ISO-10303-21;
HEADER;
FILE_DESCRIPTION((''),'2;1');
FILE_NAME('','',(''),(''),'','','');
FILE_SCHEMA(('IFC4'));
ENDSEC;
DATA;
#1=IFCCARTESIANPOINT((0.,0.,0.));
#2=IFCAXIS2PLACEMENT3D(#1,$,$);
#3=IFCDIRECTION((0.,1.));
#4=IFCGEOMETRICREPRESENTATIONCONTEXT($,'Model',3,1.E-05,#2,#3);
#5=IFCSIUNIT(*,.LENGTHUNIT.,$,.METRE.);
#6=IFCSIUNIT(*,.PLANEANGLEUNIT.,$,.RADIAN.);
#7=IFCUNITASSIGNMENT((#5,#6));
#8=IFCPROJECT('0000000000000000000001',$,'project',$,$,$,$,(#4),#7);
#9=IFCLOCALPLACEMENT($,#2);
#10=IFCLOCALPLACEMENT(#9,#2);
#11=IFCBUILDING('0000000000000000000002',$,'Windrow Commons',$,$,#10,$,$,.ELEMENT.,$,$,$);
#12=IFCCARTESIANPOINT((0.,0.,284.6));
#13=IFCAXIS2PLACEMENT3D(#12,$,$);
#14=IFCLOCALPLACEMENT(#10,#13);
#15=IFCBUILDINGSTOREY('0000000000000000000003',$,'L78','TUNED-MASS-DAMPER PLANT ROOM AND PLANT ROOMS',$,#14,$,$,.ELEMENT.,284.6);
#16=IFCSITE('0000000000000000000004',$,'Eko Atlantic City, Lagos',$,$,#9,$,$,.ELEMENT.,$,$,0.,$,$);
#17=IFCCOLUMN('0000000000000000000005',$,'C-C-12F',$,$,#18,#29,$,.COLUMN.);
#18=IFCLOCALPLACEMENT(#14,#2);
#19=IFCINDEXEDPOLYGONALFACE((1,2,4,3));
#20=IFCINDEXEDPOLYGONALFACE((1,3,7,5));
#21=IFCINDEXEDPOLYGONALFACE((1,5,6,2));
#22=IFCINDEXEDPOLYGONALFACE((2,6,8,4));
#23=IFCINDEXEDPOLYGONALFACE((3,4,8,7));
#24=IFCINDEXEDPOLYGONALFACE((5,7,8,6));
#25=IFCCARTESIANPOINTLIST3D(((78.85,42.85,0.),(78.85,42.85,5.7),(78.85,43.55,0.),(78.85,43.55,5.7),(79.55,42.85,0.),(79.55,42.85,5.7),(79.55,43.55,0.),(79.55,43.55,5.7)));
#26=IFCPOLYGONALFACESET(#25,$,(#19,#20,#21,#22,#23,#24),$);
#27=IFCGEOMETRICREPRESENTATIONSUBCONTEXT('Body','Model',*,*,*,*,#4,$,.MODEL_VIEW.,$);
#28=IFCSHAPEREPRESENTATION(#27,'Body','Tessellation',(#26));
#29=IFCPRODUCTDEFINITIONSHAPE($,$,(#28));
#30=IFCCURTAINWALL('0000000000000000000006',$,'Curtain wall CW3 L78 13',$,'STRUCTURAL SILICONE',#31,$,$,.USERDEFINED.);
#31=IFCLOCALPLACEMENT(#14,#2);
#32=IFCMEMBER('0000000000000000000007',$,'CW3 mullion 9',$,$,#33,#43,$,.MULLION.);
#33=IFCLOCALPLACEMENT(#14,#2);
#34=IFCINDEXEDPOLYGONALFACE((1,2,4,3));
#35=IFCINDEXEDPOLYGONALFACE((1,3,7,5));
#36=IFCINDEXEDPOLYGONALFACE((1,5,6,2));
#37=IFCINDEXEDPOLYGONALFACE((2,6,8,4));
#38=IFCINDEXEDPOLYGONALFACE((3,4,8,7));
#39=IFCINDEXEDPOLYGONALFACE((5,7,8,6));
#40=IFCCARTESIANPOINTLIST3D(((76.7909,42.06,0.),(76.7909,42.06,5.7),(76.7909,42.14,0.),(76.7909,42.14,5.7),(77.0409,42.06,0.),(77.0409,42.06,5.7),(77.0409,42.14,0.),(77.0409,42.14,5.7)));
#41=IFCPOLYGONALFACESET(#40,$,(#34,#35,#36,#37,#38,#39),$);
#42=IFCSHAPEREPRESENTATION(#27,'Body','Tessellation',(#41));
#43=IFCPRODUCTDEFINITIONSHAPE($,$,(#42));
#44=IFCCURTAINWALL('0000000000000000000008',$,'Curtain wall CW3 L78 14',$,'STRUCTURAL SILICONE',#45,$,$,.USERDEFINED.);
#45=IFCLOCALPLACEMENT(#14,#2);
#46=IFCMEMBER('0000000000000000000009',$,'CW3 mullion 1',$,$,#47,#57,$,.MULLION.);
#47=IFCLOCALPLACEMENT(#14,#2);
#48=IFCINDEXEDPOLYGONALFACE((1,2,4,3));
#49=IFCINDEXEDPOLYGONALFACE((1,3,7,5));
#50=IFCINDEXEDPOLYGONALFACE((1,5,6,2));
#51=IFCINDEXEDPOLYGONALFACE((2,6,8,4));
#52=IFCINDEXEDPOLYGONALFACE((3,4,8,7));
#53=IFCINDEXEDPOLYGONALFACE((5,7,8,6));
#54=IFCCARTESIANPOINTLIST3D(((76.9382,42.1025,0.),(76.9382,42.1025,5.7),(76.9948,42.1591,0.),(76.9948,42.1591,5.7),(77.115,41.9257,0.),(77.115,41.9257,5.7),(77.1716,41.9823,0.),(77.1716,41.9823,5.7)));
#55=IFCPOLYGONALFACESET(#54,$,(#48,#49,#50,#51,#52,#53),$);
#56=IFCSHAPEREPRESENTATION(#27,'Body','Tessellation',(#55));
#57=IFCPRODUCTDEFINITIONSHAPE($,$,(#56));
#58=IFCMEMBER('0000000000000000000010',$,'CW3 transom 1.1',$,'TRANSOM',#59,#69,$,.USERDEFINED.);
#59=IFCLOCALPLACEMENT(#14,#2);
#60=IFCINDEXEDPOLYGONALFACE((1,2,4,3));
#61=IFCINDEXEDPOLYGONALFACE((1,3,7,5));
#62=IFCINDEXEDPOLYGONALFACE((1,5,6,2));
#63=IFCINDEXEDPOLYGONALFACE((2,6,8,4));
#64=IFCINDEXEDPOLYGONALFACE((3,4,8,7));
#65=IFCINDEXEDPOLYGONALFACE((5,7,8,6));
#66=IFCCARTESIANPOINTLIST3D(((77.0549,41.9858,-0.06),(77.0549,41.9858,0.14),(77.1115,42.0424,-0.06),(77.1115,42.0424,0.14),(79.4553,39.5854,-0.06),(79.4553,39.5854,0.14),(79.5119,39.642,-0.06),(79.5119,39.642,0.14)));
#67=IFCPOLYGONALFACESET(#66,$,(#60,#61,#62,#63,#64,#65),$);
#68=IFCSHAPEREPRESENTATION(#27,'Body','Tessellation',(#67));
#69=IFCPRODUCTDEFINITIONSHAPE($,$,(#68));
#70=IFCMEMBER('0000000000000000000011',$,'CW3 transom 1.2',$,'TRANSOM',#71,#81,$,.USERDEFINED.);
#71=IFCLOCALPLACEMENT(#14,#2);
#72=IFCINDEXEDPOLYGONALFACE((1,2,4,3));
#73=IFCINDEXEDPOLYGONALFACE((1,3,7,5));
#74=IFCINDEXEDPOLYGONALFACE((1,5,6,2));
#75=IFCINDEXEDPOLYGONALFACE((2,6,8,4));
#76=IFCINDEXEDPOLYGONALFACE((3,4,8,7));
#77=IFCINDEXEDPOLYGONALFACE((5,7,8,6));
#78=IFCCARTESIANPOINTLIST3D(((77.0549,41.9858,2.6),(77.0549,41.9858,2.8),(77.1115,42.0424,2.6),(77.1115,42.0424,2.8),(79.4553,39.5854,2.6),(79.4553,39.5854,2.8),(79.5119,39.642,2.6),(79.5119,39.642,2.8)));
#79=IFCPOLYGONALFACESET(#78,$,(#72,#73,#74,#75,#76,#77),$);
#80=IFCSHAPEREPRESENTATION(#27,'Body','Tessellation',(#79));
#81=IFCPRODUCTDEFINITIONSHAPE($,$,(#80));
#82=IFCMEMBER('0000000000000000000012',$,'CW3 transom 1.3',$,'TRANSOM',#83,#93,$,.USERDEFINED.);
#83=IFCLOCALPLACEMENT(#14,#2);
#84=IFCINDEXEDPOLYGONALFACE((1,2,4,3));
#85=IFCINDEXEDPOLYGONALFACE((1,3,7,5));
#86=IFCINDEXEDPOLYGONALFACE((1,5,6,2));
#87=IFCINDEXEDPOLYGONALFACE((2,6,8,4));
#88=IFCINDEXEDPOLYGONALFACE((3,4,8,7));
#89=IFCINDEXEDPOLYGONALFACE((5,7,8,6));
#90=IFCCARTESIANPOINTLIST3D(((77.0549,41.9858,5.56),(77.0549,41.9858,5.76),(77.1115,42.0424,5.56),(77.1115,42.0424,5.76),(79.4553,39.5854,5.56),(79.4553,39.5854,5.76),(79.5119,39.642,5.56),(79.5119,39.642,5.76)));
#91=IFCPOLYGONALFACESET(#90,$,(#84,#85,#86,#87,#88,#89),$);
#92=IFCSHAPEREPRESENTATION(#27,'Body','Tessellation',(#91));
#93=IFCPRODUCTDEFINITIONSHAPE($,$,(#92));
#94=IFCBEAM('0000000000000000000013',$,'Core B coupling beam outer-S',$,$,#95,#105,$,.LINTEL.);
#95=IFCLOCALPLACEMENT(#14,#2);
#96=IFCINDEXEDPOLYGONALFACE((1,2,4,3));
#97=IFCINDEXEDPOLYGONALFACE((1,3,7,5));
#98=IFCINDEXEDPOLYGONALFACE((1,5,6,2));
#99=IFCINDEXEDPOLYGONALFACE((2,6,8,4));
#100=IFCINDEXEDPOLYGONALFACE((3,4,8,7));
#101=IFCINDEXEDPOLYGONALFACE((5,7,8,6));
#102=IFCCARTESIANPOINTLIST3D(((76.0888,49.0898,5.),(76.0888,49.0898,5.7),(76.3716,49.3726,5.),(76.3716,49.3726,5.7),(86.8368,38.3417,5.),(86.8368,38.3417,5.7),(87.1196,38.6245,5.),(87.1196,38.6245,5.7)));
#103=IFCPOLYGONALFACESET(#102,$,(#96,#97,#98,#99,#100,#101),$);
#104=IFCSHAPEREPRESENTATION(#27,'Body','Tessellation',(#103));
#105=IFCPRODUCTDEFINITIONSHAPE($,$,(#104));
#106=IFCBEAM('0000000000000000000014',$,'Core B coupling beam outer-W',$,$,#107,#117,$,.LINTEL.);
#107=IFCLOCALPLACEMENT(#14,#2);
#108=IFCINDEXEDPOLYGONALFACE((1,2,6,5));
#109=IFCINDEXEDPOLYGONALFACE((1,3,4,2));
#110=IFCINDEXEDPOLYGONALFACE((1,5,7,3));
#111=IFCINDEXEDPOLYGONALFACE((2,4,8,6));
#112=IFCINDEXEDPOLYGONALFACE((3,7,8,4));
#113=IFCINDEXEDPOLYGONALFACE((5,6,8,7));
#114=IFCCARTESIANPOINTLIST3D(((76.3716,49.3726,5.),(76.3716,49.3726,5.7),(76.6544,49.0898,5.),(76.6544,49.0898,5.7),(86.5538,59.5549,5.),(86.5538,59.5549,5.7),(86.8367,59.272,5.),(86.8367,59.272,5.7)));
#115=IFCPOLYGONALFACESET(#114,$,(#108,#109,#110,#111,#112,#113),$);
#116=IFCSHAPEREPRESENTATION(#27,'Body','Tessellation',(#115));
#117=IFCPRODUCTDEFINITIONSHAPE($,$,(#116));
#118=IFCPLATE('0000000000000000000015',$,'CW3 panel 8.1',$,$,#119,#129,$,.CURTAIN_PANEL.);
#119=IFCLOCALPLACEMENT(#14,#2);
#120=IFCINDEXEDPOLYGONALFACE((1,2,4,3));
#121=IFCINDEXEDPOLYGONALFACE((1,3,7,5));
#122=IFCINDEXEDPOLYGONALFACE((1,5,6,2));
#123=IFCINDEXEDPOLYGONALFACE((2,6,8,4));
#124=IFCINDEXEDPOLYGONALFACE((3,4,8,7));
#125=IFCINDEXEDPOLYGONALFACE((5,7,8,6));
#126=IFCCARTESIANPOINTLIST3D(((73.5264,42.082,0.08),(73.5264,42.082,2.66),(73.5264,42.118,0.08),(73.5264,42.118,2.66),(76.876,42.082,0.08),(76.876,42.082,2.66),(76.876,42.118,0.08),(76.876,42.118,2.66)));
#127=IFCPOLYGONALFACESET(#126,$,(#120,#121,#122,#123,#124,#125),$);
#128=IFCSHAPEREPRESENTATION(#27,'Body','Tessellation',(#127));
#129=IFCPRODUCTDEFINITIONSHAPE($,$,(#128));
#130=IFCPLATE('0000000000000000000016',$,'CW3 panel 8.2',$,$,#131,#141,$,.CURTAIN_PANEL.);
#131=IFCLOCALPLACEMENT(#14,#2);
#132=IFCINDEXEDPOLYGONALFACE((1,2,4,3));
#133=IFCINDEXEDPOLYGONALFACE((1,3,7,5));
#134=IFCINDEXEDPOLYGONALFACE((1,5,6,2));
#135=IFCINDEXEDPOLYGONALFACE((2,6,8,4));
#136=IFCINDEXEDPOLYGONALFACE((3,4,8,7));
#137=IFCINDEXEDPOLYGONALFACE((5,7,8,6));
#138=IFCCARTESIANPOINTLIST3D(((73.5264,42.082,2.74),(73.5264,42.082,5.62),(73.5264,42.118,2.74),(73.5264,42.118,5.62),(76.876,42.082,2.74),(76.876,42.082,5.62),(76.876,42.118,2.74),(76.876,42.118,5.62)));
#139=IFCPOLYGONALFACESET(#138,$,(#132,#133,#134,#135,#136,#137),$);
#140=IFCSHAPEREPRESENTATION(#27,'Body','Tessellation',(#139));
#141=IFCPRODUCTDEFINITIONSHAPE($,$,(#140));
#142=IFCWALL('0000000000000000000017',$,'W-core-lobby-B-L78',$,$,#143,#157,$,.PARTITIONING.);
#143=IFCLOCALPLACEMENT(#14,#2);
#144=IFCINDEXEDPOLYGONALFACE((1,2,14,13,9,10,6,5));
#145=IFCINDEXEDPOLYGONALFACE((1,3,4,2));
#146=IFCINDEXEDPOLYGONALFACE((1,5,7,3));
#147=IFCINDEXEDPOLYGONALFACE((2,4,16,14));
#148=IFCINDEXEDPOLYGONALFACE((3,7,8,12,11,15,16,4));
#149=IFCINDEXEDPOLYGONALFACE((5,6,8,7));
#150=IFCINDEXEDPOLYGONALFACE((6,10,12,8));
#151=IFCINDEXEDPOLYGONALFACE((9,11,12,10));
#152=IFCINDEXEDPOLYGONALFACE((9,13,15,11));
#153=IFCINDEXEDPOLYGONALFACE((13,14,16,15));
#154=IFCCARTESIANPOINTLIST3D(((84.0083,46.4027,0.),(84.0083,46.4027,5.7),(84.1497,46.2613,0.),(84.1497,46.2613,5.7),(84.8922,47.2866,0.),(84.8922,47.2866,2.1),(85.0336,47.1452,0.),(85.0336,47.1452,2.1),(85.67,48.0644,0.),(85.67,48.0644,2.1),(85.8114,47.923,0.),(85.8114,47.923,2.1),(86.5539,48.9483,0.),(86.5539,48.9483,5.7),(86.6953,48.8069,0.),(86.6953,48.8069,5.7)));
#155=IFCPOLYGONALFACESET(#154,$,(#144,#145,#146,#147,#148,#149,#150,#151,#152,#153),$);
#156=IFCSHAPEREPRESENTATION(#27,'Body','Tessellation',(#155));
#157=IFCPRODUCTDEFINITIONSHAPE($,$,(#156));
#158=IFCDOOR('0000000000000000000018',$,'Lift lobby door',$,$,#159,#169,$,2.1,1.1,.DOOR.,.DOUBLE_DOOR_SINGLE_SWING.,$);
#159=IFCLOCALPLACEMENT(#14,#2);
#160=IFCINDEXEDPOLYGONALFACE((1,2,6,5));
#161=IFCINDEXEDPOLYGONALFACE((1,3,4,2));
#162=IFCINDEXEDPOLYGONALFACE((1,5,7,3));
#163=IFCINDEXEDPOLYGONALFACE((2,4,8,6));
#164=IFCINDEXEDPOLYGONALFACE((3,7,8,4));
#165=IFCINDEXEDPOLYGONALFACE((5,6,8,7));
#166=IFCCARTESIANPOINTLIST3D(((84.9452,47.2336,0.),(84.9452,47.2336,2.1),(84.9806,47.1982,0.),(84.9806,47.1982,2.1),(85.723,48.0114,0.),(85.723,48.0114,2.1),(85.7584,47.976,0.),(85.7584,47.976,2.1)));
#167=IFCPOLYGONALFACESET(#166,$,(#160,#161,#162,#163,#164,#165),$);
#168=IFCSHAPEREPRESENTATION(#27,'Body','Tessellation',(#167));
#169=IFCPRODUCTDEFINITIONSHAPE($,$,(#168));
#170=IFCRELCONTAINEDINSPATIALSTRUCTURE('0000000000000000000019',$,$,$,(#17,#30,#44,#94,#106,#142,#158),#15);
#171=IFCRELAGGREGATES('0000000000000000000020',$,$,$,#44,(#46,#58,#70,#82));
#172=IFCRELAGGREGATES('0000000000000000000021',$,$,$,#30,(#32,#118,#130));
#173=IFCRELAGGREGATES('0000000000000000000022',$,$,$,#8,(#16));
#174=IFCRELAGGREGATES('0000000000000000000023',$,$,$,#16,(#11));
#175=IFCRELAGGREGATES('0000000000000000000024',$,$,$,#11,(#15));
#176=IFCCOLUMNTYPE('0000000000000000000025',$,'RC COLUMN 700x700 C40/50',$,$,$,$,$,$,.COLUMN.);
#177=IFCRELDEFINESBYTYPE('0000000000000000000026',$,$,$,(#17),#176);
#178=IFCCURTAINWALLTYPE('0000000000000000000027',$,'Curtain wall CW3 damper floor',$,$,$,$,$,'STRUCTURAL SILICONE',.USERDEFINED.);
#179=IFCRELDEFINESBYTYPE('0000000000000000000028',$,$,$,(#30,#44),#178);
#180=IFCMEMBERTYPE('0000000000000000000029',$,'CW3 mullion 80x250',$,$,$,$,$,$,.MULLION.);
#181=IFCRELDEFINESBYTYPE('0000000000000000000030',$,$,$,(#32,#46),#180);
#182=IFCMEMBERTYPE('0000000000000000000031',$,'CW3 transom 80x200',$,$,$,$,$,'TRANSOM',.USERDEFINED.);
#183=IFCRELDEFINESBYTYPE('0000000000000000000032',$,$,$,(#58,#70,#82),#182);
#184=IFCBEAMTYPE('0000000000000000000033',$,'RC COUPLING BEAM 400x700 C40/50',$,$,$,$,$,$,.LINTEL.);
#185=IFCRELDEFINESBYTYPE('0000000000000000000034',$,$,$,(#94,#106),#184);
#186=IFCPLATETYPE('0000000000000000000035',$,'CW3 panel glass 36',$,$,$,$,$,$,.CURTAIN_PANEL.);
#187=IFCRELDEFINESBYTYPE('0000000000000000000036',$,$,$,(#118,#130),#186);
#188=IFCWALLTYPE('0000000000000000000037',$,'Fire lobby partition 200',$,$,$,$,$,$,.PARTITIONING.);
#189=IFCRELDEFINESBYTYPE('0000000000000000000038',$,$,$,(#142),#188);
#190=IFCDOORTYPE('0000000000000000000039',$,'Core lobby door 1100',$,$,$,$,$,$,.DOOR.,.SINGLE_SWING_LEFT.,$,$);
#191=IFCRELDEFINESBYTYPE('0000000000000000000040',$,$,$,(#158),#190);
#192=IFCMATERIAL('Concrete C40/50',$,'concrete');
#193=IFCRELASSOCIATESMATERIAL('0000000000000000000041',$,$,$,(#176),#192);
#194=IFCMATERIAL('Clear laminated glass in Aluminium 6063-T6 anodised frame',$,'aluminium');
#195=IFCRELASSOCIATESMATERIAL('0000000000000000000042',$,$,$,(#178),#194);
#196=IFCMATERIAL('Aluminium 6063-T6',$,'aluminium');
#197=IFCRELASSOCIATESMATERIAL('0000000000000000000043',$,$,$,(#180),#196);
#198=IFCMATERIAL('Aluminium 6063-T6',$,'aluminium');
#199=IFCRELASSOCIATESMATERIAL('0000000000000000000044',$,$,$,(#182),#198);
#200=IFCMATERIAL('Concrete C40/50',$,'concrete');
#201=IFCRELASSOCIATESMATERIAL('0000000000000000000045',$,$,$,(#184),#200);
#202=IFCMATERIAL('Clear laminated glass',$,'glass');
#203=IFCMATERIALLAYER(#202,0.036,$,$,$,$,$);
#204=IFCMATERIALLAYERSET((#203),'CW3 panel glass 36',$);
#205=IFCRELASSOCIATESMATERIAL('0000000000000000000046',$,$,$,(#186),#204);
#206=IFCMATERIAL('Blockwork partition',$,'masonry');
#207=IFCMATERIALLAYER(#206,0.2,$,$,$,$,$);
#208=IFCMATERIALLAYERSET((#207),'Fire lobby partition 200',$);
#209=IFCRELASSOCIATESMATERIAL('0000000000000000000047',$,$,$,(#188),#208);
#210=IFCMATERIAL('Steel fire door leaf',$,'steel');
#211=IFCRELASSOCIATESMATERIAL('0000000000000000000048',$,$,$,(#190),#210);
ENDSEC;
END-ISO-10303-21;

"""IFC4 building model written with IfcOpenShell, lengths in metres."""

from ifc_helpers import new_model, si_unit, direction, frame, frame_2d, origin, origin_2d, place, context, subcontext, project, spatial, rectangle, extrude, material, layer, layer_set, material_profile, profile_set, type_object, element, fill, aggregate, save


model = new_model("IFC4")

# Units and contexts
model_context = context("Model", 3, precision=1e-05, world=origin(), true_north=direction((0.0, 1.0)))
body_context = subcontext(model_context, "Body", "Model", "MODEL_VIEW")
ifc_project = project(units=[si_unit("LENGTHUNIT", "METRE"), si_unit("PLANEANGLEUNIT", "RADIAN")], contexts=[model_context])

# Site, building, storey
site_placement = place(None, origin())
site = spatial("IfcSite", under=ifc_project, at=site_placement, Name="Eko Atlantic City, Lagos", CompositionType="ELEMENT", RefElevation=0.0)
building_placement = place(site_placement, origin())
building = spatial("IfcBuilding", under=site, at=building_placement, Name="Windrow Commons", CompositionType="ELEMENT")
storey_placement = place(building_placement, frame((0.0, 0.0, 284.6)))
storey = spatial("IfcBuildingStorey", under=building, at=storey_placement, Name="L78", Description="TUNED-MASS-DAMPER PLANT ROOM AND PLANT ROOMS", CompositionType="ELEMENT", Elevation=284.6)

# Column
ifc_material_1 = material(Name="Concrete C40/50", Category="concrete")
ifc_material_profile_1 = material_profile(ifc_material_1, rectangle(XDim=0.7, YDim=0.7, at=origin_2d()))
ifc_profile_set_1 = profile_set([ifc_material_profile_1], Name="Concrete C40/50")
column_type = type_object("IfcColumnType", Name="RC COLUMN 700x700 C40/50", PredefinedType="COLUMN", material=ifc_profile_set_1)
column_placement = place(storey_placement, frame((79.2, 43.2, 0.0), z_axis=(0.0, 0.0, 1.0), x_axis=(1.0, 0.0, 0.0)))
element("IfcColumn", 1, at=column_placement, inside=storey, type_object=column_type, Name="C-C-12F", PredefinedType="COLUMN", context=body_context, shape_type="SweptSolid", body=[
    extrude(rectangle(XDim=0.7, YDim=0.7, at=origin_2d()), origin(), (0.0, 0.0, 1.0), 5.7),
])

# Curtain wall, member
ifc_material_2 = material(Name="Clear laminated glass in Aluminium 6063-T6 anodised frame", Category="aluminium")
curtain_wall_type = type_object("IfcCurtainWallType", Name="Curtain wall CW3 damper floor", ElementType="STRUCTURAL SILICONE", PredefinedType="USERDEFINED", material=ifc_material_2)
placement = place(storey_placement, origin())
curtain_wall_1 = element("IfcCurtainWall", 2, at=placement, inside=storey, type_object=curtain_wall_type, Name="Curtain wall CW3 L78 13", ObjectType="STRUCTURAL SILICONE", PredefinedType="USERDEFINED")
ifc_material_3 = material(Name="Aluminium 6063-T6", Category="aluminium")
ifc_material_profile_2 = material_profile(ifc_material_3, rectangle(XDim=0.08, YDim=0.25, at=origin_2d()))
ifc_profile_set_2 = profile_set([ifc_material_profile_2], Name="Aluminium 6063-T6")
member_type_1 = type_object("IfcMemberType", Name="CW3 mullion 80x250", PredefinedType="MULLION", material=ifc_profile_set_2)
member_1_placement = place(storey_placement, frame((76.9159, 42.1, 0.0), z_axis=(0.0, 0.0, 1.0), x_axis=(0.0, 1.0, 0.0)))
member_1 = element("IfcMember", 3, at=member_1_placement, type_object=member_type_1, Name="CW3 mullion 9", PredefinedType="MULLION", context=body_context, shape_type="SweptSolid", body=[
    extrude(rectangle(XDim=0.08, YDim=0.25, at=origin_2d()), origin(), (0.0, 0.0, 1.0), 5.7),
])

# Curtain wall, members
curtain_wall_2 = element("IfcCurtainWall", 4, at=placement, inside=storey, type_object=curtain_wall_type, Name="Curtain wall CW3 L78 14", ObjectType="STRUCTURAL SILICONE", PredefinedType="USERDEFINED")
member_2_placement = place(storey_placement, frame((77.0549, 42.0424, 0.0), z_axis=(0.0, 0.0, 1.0), x_axis=(0.707107, 0.707107, 0.0)))
member_2 = element("IfcMember", 5, at=member_2_placement, type_object=member_type_1, Name="CW3 mullion 1", PredefinedType="MULLION", context=body_context, shape_type="SweptSolid", body=[
    extrude(rectangle(XDim=0.08, YDim=0.25, at=origin_2d()), origin(), (0.0, 0.0, 1.0), 5.7),
])
ifc_material_4 = material(Name="Aluminium 6063-T6", Category="aluminium")
ifc_material_profile_3 = material_profile(ifc_material_4, rectangle(XDim=0.08, YDim=0.2, at=origin_2d()))
ifc_profile_set_3 = profile_set([ifc_material_profile_3], Name="Aluminium 6063-T6")
member_type_2 = type_object("IfcMemberType", Name="CW3 transom 80x200", ElementType="TRANSOM", PredefinedType="USERDEFINED", material=ifc_profile_set_3)
member_3_placement = place(storey_placement, frame((77.0832, 42.0141, 0.04), z_axis=(0.707107, -0.707107, 0.0), x_axis=(0.707107, 0.707107, 0.0)))
member_3 = element("IfcMember", 6, at=member_3_placement, type_object=member_type_2, Name="CW3 transom 1.1", ObjectType="TRANSOM", PredefinedType="USERDEFINED", context=body_context, shape_type="SweptSolid", body=[
    extrude(rectangle(XDim=0.08, YDim=0.2, at=origin_2d()), origin(), (0.0, 0.0, 1.0), 3.3947),
])
member_4_placement = place(storey_placement, frame((77.0832, 42.0141, 2.7), z_axis=(0.707107, -0.707107, 0.0), x_axis=(0.707107, 0.707107, 0.0)))
member_4 = element("IfcMember", 7, at=member_4_placement, type_object=member_type_2, Name="CW3 transom 1.2", ObjectType="TRANSOM", PredefinedType="USERDEFINED", context=body_context, shape_type="SweptSolid", body=[
    extrude(rectangle(XDim=0.08, YDim=0.2, at=origin_2d()), origin(), (0.0, 0.0, 1.0), 3.3947),
])
member_5_placement = place(storey_placement, frame((77.0832, 42.0141, 5.66), z_axis=(0.707107, -0.707107, 0.0), x_axis=(0.707107, 0.707107, 0.0)))
member_5 = element("IfcMember", 8, at=member_5_placement, type_object=member_type_2, Name="CW3 transom 1.3", ObjectType="TRANSOM", PredefinedType="USERDEFINED", context=body_context, shape_type="SweptSolid", body=[
    extrude(rectangle(XDim=0.08, YDim=0.2, at=origin_2d()), origin(), (0.0, 0.0, 1.0), 3.3947),
])
aggregate(curtain_wall_2, [member_2, member_3, member_4, member_5])

# Beams
ifc_material_5 = material(Name="Concrete C40/50", Category="concrete")
ifc_material_profile_4 = material_profile(ifc_material_5, rectangle(XDim=0.4, YDim=0.7, at=origin_2d()))
ifc_profile_set_4 = profile_set([ifc_material_profile_4], Name="Concrete C40/50")
beam_type = type_object("IfcBeamType", Name="RC COUPLING BEAM 400x700 C40/50", PredefinedType="LINTEL", material=ifc_profile_set_4)
beam_1_placement = place(storey_placement, frame((76.2302, 49.2312, 5.35), z_axis=(0.707103, -0.70711, 0.0), x_axis=(0.70711, 0.707103, 0.0)))
element("IfcBeam", 9, at=beam_1_placement, inside=storey, type_object=beam_type, Name="Core B coupling beam outer-S", PredefinedType="LINTEL", context=body_context, shape_type="SweptSolid", body=[
    extrude(rectangle(XDim=0.4, YDim=0.7, at=origin_2d()), origin(), (0.0, 0.0, 1.0), 15.2),
])
beam_2_placement = place(storey_placement, frame((76.513, 49.2312, 5.35), z_axis=(0.707107, 0.707107, 0.0), x_axis=(-0.707107, 0.707107, 0.0)))
element("IfcBeam", 10, at=beam_2_placement, inside=storey, type_object=beam_type, Name="Core B coupling beam outer-W", PredefinedType="LINTEL", context=body_context, shape_type="SweptSolid", body=[
    extrude(rectangle(XDim=0.4, YDim=0.7, at=origin_2d()), origin(), (0.0, 0.0, 1.0), 14.3999),
])

# Plates
ifc_material_6 = material(Name="Clear laminated glass", Category="glass")
ifc_layer_1 = layer(ifc_material_6, 0.036)
ifc_layer_set_1 = layer_set([ifc_layer_1], Name="CW3 panel glass 36")
plate_type = type_object("IfcPlateType", Name="CW3 panel glass 36", PredefinedType="CURTAIN_PANEL", material=ifc_layer_set_1)
plate_1_placement = place(storey_placement, frame((75.2012, 42.1, 0.08), z_axis=(0.0, 0.0, 1.0), x_axis=(1.0, 0.0, 0.0)))
plate_1 = element("IfcPlate", 11, at=plate_1_placement, type_object=plate_type, Name="CW3 panel 8.1", PredefinedType="CURTAIN_PANEL", context=body_context, shape_type="SweptSolid", body=[
    extrude(rectangle(XDim=3.3495, YDim=0.036, at=origin_2d()), origin(), (0.0, 0.0, 1.0), 2.58),
])
plate_2_placement = place(storey_placement, frame((75.2012, 42.1, 2.74), z_axis=(0.0, 0.0, 1.0), x_axis=(1.0, 0.0, 0.0)))
plate_2 = element("IfcPlate", 12, at=plate_2_placement, type_object=plate_type, Name="CW3 panel 8.2", PredefinedType="CURTAIN_PANEL", context=body_context, shape_type="SweptSolid", body=[
    extrude(rectangle(XDim=3.3495, YDim=0.036, at=origin_2d()), origin(), (0.0, 0.0, 1.0), 2.88),
])
aggregate(curtain_wall_1, [member_1, plate_1, plate_2])

# Wall, opening, door
ifc_material_7 = material(Name="Blockwork partition", Category="masonry")
ifc_layer_2 = layer(ifc_material_7, 0.2)
ifc_layer_set_2 = layer_set([ifc_layer_2], Name="Fire lobby partition 200")
wall_type_1 = type_object("IfcWallType", Name="Fire lobby partition 200", PredefinedType="PARTITIONING", material=ifc_layer_set_2)
wall_1_placement = place(storey_placement, frame((84.079, 46.332, 0.0), z_axis=(0.0, 0.0, 1.0), x_axis=(0.707107, 0.707107, 0.0)))
wall_1 = element("IfcWall", 13, at=wall_1_placement, inside=storey, type_object=wall_type_1, Name="W-core-lobby-B-L78", PredefinedType="PARTITIONING", context=body_context, shape_type="SweptSolid", body=[
    extrude(rectangle(XDim=3.6, YDim=0.2, at=frame_2d((1.8, 0.0))), origin(), (0.0, 0.0, 1.0), 5.7),
])
opening_1_placement = place(wall_1_placement, frame((1.25, 0.0, 0.0)))
opening_1 = element("IfcOpeningElement", 14, at=opening_1_placement, cuts=wall_1, PredefinedType="OPENING", context=body_context, shape_type="SweptSolid", body=[
    extrude(rectangle(XDim=1.1, YDim=2.1, at=frame_2d((0.55, 1.05))), frame((0.0, 0.11, 0.0), z_axis=(0.0, -1.0, 0.0), x_axis=(1.0, 0.0, 0.0)), (0.0, 0.0, 1.0), 0.22),
])
ifc_material_8 = material(Name="Steel fire door leaf", Category="steel")
door_type_1 = type_object("IfcDoorType", Name="Core lobby door 1100", OperationType="SINGLE_SWING_LEFT", PredefinedType="DOOR", material=ifc_material_8)
door_1_placement = place(opening_1_placement, origin())
door_1 = element("IfcDoor", 15, at=door_1_placement, inside=storey, type_object=door_type_1, Name="Lift lobby door", OperationType="DOUBLE_DOOR_SINGLE_SWING", OverallHeight=2.1, OverallWidth=1.1, PredefinedType="DOOR", context=body_context, shape_type="SweptSolid", body=[
    extrude(rectangle(XDim=1.1, YDim=2.1, at=frame_2d((0.55, 1.05))), frame((0.0, 0.025, 0.0), z_axis=(0.0, -1.0, 0.0), x_axis=(1.0, 0.0, 0.0)), (0.0, 0.0, 1.0), 0.05),
])
fill(opening_1, door_1)

save(model, "model.ifc")
